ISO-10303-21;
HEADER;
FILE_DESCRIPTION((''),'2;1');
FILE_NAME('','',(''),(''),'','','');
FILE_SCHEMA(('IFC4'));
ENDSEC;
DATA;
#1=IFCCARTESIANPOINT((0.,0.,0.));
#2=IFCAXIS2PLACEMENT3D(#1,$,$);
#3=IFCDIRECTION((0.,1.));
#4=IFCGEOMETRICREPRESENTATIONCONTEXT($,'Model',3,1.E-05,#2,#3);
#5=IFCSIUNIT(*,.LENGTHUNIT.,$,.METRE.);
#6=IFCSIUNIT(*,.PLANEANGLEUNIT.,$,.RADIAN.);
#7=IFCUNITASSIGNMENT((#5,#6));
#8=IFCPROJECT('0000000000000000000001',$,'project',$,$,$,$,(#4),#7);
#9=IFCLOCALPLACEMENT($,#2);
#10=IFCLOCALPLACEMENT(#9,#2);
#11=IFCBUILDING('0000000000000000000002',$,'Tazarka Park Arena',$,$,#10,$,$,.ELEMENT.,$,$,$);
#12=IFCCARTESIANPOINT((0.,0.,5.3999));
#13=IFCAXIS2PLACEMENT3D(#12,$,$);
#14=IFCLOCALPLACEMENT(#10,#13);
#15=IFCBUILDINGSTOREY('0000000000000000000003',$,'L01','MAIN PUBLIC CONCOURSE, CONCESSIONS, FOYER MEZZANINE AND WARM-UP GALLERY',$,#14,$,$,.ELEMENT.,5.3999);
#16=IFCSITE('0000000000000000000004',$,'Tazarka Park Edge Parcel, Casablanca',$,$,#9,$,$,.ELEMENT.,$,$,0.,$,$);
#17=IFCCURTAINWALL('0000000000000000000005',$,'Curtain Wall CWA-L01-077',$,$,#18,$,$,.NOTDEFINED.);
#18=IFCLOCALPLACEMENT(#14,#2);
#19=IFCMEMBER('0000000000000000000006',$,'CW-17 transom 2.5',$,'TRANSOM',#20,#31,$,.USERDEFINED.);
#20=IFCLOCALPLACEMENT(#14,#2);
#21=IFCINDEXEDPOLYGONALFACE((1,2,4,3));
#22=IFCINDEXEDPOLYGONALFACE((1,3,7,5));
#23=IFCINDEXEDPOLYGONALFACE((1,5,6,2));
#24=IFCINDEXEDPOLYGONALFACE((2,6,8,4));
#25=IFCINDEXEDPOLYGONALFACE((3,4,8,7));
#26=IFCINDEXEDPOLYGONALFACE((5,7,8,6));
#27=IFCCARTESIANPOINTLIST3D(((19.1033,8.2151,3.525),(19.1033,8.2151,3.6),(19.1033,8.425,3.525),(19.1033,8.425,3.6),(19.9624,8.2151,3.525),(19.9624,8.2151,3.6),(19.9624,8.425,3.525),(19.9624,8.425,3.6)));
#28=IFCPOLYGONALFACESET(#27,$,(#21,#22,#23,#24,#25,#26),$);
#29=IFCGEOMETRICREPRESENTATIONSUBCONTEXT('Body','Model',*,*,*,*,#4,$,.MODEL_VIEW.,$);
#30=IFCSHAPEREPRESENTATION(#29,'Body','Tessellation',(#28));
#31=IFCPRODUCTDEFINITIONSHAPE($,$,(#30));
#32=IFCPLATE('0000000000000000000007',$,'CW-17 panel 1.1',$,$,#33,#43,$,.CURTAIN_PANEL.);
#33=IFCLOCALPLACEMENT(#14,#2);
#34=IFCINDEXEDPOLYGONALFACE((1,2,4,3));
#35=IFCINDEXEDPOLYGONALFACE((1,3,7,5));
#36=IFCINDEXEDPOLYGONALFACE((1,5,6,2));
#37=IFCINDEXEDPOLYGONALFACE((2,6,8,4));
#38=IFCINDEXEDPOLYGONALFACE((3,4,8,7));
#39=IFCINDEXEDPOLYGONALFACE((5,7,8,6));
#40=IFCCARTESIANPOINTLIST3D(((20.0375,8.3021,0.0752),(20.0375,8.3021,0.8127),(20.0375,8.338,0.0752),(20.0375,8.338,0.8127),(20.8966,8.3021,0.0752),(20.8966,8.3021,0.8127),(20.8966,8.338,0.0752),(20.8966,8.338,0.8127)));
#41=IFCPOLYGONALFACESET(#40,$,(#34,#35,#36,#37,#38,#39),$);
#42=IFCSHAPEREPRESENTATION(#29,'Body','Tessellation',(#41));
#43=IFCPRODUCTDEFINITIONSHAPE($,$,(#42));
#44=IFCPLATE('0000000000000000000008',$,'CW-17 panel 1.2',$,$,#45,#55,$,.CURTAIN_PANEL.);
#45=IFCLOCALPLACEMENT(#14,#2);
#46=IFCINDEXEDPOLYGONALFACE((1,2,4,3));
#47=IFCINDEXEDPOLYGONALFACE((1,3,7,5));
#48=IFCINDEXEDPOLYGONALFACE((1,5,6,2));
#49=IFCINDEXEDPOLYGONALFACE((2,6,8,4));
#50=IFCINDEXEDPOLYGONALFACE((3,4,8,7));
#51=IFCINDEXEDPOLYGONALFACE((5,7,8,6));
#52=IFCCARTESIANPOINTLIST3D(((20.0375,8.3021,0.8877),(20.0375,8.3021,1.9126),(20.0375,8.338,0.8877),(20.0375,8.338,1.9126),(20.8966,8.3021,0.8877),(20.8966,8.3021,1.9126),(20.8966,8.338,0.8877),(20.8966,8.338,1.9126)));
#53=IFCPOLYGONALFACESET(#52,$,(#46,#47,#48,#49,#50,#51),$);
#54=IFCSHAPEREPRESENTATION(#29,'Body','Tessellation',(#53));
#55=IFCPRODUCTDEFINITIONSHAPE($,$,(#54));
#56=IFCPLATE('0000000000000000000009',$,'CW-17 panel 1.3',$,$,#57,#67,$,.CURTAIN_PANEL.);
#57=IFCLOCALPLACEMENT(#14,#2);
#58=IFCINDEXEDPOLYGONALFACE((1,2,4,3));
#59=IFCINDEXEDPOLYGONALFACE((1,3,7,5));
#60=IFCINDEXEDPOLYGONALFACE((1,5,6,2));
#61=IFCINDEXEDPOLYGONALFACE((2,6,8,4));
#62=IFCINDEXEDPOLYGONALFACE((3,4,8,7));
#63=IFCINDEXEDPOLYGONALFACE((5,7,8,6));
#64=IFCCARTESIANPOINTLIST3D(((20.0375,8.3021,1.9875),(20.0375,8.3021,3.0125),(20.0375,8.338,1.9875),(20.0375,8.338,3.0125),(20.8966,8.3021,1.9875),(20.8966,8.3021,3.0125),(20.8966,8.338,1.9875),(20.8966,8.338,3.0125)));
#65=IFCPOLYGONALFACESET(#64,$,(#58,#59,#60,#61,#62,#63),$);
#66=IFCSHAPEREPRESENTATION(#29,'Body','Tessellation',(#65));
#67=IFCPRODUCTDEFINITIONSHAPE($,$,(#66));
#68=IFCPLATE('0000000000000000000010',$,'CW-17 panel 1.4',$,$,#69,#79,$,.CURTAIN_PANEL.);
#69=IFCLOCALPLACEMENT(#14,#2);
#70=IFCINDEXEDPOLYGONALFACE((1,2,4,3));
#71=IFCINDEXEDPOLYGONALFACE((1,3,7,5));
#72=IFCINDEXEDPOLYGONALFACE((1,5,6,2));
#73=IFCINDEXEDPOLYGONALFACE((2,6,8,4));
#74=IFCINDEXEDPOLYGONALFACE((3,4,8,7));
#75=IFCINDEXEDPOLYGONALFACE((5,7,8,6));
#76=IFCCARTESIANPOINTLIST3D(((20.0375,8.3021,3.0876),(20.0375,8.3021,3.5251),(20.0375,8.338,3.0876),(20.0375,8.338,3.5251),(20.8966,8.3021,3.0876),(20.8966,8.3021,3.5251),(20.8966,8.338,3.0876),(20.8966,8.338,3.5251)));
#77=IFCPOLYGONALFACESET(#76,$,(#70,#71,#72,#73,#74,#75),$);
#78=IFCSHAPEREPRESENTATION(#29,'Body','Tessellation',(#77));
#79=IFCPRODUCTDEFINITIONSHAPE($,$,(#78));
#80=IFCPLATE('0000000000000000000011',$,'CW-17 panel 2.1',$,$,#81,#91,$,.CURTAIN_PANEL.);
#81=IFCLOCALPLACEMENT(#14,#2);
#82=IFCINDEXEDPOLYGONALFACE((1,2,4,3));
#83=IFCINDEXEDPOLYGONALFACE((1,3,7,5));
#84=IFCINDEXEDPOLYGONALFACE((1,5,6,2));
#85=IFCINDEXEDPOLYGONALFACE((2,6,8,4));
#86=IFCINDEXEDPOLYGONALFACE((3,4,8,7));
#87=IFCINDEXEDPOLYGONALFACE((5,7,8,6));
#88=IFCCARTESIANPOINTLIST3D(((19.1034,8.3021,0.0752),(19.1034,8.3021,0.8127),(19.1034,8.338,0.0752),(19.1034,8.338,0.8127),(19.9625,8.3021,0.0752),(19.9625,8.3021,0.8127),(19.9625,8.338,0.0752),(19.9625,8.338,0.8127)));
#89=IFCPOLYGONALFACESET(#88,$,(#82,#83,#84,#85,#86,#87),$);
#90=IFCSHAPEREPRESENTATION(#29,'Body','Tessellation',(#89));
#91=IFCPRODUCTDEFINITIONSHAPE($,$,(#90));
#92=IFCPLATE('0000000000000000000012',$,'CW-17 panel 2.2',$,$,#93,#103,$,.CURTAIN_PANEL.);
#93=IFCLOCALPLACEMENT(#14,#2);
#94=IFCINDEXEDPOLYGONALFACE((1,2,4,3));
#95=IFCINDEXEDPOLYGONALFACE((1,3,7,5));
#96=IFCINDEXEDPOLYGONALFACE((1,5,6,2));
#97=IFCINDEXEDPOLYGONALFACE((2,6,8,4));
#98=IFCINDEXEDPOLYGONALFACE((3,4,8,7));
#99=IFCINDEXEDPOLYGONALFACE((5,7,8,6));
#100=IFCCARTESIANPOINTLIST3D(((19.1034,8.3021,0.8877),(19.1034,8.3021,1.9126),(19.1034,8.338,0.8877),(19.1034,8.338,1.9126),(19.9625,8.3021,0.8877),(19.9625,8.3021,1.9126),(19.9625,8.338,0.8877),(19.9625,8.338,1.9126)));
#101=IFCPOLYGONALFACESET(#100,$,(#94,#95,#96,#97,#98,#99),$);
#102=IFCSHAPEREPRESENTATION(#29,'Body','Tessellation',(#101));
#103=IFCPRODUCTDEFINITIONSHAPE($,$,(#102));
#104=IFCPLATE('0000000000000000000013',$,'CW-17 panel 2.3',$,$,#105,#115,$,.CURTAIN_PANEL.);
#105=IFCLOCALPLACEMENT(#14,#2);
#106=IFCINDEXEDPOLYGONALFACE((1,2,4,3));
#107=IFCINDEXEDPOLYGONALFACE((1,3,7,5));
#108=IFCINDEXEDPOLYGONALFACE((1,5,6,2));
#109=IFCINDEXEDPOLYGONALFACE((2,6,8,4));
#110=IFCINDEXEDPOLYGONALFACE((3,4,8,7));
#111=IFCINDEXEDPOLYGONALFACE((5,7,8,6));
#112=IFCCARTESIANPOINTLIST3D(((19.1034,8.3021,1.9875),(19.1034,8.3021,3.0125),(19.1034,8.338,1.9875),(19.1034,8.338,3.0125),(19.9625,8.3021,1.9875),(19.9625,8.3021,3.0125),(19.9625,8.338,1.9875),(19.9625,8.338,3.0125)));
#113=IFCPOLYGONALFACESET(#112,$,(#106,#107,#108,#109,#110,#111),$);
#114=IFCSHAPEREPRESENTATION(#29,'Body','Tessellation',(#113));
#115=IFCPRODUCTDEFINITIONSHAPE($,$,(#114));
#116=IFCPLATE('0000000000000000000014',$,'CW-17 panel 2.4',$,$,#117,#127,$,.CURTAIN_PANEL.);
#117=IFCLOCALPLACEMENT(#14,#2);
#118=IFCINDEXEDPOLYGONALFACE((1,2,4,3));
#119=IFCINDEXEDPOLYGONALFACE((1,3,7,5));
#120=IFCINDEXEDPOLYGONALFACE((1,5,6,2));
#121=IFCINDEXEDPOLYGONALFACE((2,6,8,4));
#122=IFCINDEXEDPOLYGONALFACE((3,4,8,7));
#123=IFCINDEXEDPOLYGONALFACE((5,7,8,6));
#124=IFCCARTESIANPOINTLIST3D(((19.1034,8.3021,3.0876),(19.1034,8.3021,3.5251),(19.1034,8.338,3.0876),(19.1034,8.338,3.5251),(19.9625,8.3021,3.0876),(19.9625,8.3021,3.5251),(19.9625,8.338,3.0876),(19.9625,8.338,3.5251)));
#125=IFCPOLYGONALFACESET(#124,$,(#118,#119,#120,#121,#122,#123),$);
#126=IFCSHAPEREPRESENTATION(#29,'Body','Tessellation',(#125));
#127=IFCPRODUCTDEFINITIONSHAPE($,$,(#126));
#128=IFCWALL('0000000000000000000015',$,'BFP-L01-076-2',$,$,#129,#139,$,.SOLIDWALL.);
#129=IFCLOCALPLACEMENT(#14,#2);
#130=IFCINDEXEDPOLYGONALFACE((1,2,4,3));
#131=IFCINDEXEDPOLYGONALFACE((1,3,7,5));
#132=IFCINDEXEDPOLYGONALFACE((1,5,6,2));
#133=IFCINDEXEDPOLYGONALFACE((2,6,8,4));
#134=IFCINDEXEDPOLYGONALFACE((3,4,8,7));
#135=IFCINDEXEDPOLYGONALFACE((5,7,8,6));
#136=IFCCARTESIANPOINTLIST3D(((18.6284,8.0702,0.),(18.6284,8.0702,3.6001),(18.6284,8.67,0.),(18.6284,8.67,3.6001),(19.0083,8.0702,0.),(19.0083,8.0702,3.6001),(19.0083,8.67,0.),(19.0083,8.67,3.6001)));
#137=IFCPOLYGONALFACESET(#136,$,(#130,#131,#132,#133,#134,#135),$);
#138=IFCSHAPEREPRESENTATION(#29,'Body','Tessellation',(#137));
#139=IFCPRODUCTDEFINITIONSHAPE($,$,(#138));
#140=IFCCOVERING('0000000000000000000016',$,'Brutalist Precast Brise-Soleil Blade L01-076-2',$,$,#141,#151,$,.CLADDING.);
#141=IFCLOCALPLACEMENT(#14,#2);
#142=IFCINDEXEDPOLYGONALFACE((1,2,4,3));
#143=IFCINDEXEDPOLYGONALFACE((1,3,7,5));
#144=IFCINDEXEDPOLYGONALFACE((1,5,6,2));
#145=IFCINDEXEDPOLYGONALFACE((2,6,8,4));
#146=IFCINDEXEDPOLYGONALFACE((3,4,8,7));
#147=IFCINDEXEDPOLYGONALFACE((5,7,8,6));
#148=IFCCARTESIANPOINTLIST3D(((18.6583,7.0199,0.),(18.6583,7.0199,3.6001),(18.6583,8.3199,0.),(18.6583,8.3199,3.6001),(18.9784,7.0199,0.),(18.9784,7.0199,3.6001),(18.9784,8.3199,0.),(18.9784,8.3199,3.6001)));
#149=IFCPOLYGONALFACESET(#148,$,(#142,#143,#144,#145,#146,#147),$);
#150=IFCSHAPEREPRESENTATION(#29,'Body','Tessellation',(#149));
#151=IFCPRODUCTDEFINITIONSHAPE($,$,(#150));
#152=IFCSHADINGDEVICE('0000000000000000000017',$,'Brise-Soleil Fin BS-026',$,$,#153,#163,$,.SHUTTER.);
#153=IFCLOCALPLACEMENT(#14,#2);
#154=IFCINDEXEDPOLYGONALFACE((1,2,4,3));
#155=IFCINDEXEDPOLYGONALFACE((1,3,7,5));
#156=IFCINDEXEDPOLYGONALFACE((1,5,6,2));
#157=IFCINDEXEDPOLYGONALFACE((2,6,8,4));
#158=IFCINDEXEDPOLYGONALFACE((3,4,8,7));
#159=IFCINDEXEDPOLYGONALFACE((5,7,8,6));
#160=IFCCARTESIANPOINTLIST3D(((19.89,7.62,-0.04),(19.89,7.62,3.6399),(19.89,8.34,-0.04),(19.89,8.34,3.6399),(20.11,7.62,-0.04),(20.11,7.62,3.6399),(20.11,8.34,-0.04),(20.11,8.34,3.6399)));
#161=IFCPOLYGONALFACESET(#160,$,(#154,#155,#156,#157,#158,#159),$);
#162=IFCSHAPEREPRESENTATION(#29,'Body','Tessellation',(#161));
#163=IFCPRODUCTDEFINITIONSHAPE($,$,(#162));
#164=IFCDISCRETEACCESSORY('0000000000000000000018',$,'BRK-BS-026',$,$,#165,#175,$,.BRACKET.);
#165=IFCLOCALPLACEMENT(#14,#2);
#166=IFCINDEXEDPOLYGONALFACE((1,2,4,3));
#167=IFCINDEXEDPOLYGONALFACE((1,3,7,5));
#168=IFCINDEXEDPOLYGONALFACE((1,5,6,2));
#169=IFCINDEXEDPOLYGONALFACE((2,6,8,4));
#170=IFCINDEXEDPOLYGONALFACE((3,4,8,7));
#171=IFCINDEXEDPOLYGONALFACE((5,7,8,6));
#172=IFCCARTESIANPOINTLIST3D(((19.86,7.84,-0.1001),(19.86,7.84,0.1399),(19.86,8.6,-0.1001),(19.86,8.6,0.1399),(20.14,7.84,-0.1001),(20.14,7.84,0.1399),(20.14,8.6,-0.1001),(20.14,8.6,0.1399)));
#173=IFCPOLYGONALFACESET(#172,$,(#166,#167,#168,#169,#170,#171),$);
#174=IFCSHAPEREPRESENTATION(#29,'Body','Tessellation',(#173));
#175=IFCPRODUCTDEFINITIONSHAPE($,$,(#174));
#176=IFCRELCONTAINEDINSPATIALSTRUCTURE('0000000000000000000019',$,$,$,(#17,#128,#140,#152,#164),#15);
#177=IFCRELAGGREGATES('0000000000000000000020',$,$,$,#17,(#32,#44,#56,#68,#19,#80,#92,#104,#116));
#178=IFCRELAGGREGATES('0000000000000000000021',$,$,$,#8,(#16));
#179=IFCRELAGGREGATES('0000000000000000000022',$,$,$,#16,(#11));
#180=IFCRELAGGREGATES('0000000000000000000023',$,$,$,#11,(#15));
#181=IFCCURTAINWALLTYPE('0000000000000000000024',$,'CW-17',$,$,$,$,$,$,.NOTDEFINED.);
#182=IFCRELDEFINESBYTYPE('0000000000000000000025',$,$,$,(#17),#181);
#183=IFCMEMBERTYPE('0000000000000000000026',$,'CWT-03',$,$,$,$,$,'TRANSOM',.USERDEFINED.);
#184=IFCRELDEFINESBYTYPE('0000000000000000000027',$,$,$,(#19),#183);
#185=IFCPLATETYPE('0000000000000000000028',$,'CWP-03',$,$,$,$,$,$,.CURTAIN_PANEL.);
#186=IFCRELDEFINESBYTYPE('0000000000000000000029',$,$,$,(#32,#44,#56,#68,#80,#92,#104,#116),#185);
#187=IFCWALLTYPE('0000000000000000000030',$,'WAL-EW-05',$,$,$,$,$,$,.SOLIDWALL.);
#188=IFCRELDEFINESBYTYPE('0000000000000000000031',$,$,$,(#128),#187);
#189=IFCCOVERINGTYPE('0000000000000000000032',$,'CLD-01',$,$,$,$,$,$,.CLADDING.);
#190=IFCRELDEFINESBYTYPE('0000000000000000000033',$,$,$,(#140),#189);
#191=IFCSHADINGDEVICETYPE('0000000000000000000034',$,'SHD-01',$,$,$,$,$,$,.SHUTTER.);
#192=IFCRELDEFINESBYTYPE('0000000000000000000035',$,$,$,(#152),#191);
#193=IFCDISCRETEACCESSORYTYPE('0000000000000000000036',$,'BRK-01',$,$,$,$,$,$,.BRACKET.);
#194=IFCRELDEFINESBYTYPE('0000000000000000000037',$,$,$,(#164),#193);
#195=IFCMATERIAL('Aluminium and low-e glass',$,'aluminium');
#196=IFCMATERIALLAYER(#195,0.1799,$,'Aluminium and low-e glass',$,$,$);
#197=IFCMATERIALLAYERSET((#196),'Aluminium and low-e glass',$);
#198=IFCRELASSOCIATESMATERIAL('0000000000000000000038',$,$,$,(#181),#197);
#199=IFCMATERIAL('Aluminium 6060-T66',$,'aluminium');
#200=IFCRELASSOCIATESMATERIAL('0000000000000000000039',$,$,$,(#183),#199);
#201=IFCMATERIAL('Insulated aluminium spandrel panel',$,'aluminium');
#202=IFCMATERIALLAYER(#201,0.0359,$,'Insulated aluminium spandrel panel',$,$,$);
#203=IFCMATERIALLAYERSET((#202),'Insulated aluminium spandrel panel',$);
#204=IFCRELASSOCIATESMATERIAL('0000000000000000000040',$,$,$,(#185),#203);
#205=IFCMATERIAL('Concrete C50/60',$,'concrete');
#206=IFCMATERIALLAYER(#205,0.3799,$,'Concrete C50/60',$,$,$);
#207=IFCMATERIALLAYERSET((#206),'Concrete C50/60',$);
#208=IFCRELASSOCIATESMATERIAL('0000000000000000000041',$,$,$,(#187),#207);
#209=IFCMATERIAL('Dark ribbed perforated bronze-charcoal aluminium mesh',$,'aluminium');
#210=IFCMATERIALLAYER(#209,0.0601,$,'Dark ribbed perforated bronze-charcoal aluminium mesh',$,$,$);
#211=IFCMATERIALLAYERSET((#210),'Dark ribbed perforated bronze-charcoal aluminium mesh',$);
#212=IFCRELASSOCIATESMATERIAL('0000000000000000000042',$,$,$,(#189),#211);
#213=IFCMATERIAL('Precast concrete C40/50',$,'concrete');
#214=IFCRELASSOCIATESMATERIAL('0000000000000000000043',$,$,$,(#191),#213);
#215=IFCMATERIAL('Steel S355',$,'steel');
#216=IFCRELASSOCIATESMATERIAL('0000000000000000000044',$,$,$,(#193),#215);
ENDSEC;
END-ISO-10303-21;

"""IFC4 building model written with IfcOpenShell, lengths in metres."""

from ifc_helpers import new_model, si_unit, direction, frame, frame_2d, origin, origin_2d, place, context, subcontext, project, spatial, rectangle, extrude, material, layer, layer_set, material_profile, profile_set, type_object, element, aggregate, save


model = new_model("IFC4")

# Units and contexts
model_context = context("Model", 3, precision=1e-05, world=origin(), true_north=direction((0.0, 1.0)))
body_context = subcontext(model_context, "Body", "Model", "MODEL_VIEW")
ifc_project = project(units=[si_unit("LENGTHUNIT", "METRE"), si_unit("PLANEANGLEUNIT", "RADIAN")], contexts=[model_context])

# Site, building, storey
site_placement = place(None, origin())
site = spatial("IfcSite", under=ifc_project, at=site_placement, Name="Tazarka Park Edge Parcel, Casablanca", CompositionType="ELEMENT", RefElevation=0.0)
building_placement = place(site_placement, origin())
building = spatial("IfcBuilding", under=site, at=building_placement, Name="Tazarka Park Arena", CompositionType="ELEMENT")
storey_placement = place(building_placement, frame((0.0, 0.0, 5.3999)))
storey = spatial("IfcBuildingStorey", under=building, at=storey_placement, Name="L01", Description="MAIN PUBLIC CONCOURSE, CONCESSIONS, FOYER MEZZANINE AND WARM-UP GALLERY", CompositionType="ELEMENT", Elevation=5.3999)

# Curtain wall
ifc_material_1 = material(Name="Aluminium and low-e glass", Category="aluminium")
ifc_layer_1 = layer(ifc_material_1, 0.1799, Name="Aluminium and low-e glass")
ifc_layer_set_1 = layer_set([ifc_layer_1], Name="Aluminium and low-e glass")
curtain_wall_type_1 = type_object("IfcCurtainWallType", Name="CW-17", PredefinedType="NOTDEFINED", material=ifc_layer_set_1)
curtain_wall_1_placement = place(storey_placement, origin())
curtain_wall_1 = element("IfcCurtainWall", 1, at=curtain_wall_1_placement, inside=storey, type_object=curtain_wall_type_1, Name="Curtain Wall CWA-L01-077", PredefinedType="NOTDEFINED")

# Member
ifc_material_2 = material(Name="Aluminium 6060-T66", Category="aluminium")
ifc_material_profile_1 = material_profile(ifc_material_2, rectangle(XDim=0.21, YDim=0.075, at=origin_2d()), Name="Aluminium 6060-T66")
ifc_profile_set_1 = profile_set([ifc_material_profile_1], Name="Aluminium 6060-T66")
member_type_1 = type_object("IfcMemberType", Name="CWT-03", ElementType="TRANSOM", PredefinedType="USERDEFINED", material=ifc_profile_set_1)
member_1_placement = place(storey_placement, frame((19.9624, 8.3201, 3.5625), z_axis=(-1.0, 0.0, 0.0), x_axis=(0.0, -1.0, 0.0)))
member_1 = element("IfcMember", 2, at=member_1_placement, type_object=member_type_1, Name="CW-17 transom 2.5", ObjectType="TRANSOM", PredefinedType="USERDEFINED", context=body_context, shape_type="SweptSolid", body=[
    extrude(rectangle(XDim=0.21, YDim=0.075, at=origin_2d()), origin(), (0.0, 0.0, 1.0), 0.8591),
])

# Plates
ifc_material_3 = material(Name="Insulated aluminium spandrel panel", Category="aluminium")
ifc_layer_2 = layer(ifc_material_3, 0.0359, Name="Insulated aluminium spandrel panel")
ifc_layer_set_2 = layer_set([ifc_layer_2], Name="Insulated aluminium spandrel panel")
plate_type = type_object("IfcPlateType", Name="CWP-03", PredefinedType="CURTAIN_PANEL", material=ifc_layer_set_2)
plate_1_placement = place(storey_placement, frame((20.467, 8.3201, 0.0752), z_axis=(0.0, 0.0, 1.0), x_axis=(-1.0, 0.0, 0.0)))
plate_1 = element("IfcPlate", 3, at=plate_1_placement, type_object=plate_type, Name="CW-17 panel 1.1", PredefinedType="CURTAIN_PANEL", context=body_context, shape_type="SweptSolid", body=[
    extrude(rectangle(XDim=0.8591, YDim=0.0359, at=origin_2d()), origin(), (0.0, 0.0, 1.0), 0.7375),
])
plate_2_placement = place(storey_placement, frame((20.467, 8.3201, 0.8877), z_axis=(0.0, 0.0, 1.0), x_axis=(-1.0, 0.0, 0.0)))
plate_2 = element("IfcPlate", 4, at=plate_2_placement, type_object=plate_type, Name="CW-17 panel 1.2", PredefinedType="CURTAIN_PANEL", context=body_context, shape_type="SweptSolid", body=[
    extrude(rectangle(XDim=0.8591, YDim=0.0359, at=origin_2d()), origin(), (0.0, 0.0, 1.0), 1.0249),
])
plate_3_placement = place(storey_placement, frame((20.467, 8.3201, 1.9875), z_axis=(0.0, 0.0, 1.0), x_axis=(-1.0, 0.0, 0.0)))
plate_3 = element("IfcPlate", 5, at=plate_3_placement, type_object=plate_type, Name="CW-17 panel 1.3", PredefinedType="CURTAIN_PANEL", context=body_context, shape_type="SweptSolid", body=[
    extrude(rectangle(XDim=0.8591, YDim=0.0359, at=origin_2d()), origin(), (0.0, 0.0, 1.0), 1.0249),
])
plate_4_placement = place(storey_placement, frame((20.467, 8.3201, 3.0876), z_axis=(0.0, 0.0, 1.0), x_axis=(-1.0, 0.0, 0.0)))
plate_4 = element("IfcPlate", 6, at=plate_4_placement, type_object=plate_type, Name="CW-17 panel 1.4", PredefinedType="CURTAIN_PANEL", context=body_context, shape_type="SweptSolid", body=[
    extrude(rectangle(XDim=0.8591, YDim=0.0359, at=origin_2d()), origin(), (0.0, 0.0, 1.0), 0.4375),
])
plate_5_placement = place(storey_placement, frame((19.533, 8.3201, 0.0752), z_axis=(0.0, 0.0, 1.0), x_axis=(-1.0, 0.0, 0.0)))
plate_5 = element("IfcPlate", 7, at=plate_5_placement, type_object=plate_type, Name="CW-17 panel 2.1", PredefinedType="CURTAIN_PANEL", context=body_context, shape_type="SweptSolid", body=[
    extrude(rectangle(XDim=0.8591, YDim=0.0359, at=origin_2d()), origin(), (0.0, 0.0, 1.0), 0.7375),
])
plate_6_placement = place(storey_placement, frame((19.533, 8.3201, 0.8877), z_axis=(0.0, 0.0, 1.0), x_axis=(-1.0, 0.0, 0.0)))
plate_6 = element("IfcPlate", 8, at=plate_6_placement, type_object=plate_type, Name="CW-17 panel 2.2", PredefinedType="CURTAIN_PANEL", context=body_context, shape_type="SweptSolid", body=[
    extrude(rectangle(XDim=0.8591, YDim=0.0359, at=origin_2d()), origin(), (0.0, 0.0, 1.0), 1.0249),
])
plate_7_placement = place(storey_placement, frame((19.533, 8.3201, 1.9875), z_axis=(0.0, 0.0, 1.0), x_axis=(-1.0, 0.0, 0.0)))
plate_7 = element("IfcPlate", 9, at=plate_7_placement, type_object=plate_type, Name="CW-17 panel 2.3", PredefinedType="CURTAIN_PANEL", context=body_context, shape_type="SweptSolid", body=[
    extrude(rectangle(XDim=0.8591, YDim=0.0359, at=origin_2d()), origin(), (0.0, 0.0, 1.0), 1.0249),
])
plate_8_placement = place(storey_placement, frame((19.533, 8.3201, 3.0876), z_axis=(0.0, 0.0, 1.0), x_axis=(-1.0, 0.0, 0.0)))
plate_8 = element("IfcPlate", 10, at=plate_8_placement, type_object=plate_type, Name="CW-17 panel 2.4", PredefinedType="CURTAIN_PANEL", context=body_context, shape_type="SweptSolid", body=[
    extrude(rectangle(XDim=0.8591, YDim=0.0359, at=origin_2d()), origin(), (0.0, 0.0, 1.0), 0.4375),
])
aggregate(curtain_wall_1, [plate_1, plate_2, plate_3, plate_4, member_1, plate_5, plate_6, plate_7, plate_8])

# Wall
ifc_material_4 = material(Name="Concrete C50/60", Category="concrete")
ifc_layer_3 = layer(ifc_material_4, 0.3799, Name="Concrete C50/60")
ifc_layer_set_3 = layer_set([ifc_layer_3], Name="Concrete C50/60")
wall_type = type_object("IfcWallType", Name="WAL-EW-05", PredefinedType="SOLIDWALL", material=ifc_layer_set_3)
wall_placement = place(storey_placement, frame((18.8184, 8.6699, 0.0), z_axis=(0.0, 0.0, 1.0), x_axis=(0.0, -1.0, 0.0)))
element("IfcWall", 11, at=wall_placement, inside=storey, type_object=wall_type, Name="BFP-L01-076-2", PredefinedType="SOLIDWALL", context=body_context, shape_type="SweptSolid", body=[
    extrude(rectangle(XDim=0.5999, YDim=0.3799, at=frame_2d((0.2998, 0.0))), origin(), (0.0, 0.0, 1.0), 3.6001),
])

# Covering
ifc_material_5 = material(Name="Dark ribbed perforated bronze-charcoal aluminium mesh", Category="aluminium")
ifc_layer_4 = layer(ifc_material_5, 0.0601, Name="Dark ribbed perforated bronze-charcoal aluminium mesh")
ifc_layer_set_4 = layer_set([ifc_layer_4], Name="Dark ribbed perforated bronze-charcoal aluminium mesh")
covering_type = type_object("IfcCoveringType", Name="CLD-01", PredefinedType="CLADDING", material=ifc_layer_set_4)
covering_placement = place(storey_placement, frame((18.8184, 7.6699, 0.0), z_axis=(0.0, 0.0, 1.0), x_axis=(-1.0, 0.0, 0.0)))
element("IfcCovering", 12, at=covering_placement, inside=storey, type_object=covering_type, Name="Brutalist Precast Brise-Soleil Blade L01-076-2", PredefinedType="CLADDING", context=body_context, shape_type="SweptSolid", body=[
    extrude(rectangle(XDim=0.3201, YDim=1.3, at=origin_2d()), origin(), (0.0, 0.0, 1.0), 3.6001),
])

# Shading device
ifc_material_6 = material(Name="Precast concrete C40/50", Category="concrete")
shading_device_type = type_object("IfcShadingDeviceType", Name="SHD-01", PredefinedType="SHUTTER", material=ifc_material_6)
shading_device_placement = place(storey_placement, frame((20.0, 7.98, -0.04), z_axis=(0.0, 0.0, 1.0), x_axis=(-1.0, 0.0, 0.0)))
element("IfcShadingDevice", 13, at=shading_device_placement, inside=storey, type_object=shading_device_type, Name="Brise-Soleil Fin BS-026", PredefinedType="SHUTTER", context=body_context, shape_type="SweptSolid", body=[
    extrude(rectangle(XDim=0.22, YDim=0.72, at=origin_2d()), origin(), (0.0, 0.0, 1.0), 3.6799),
])

# Discrete accessory
ifc_material_7 = material(Name="Steel S355", Category="steel")
discrete_accessory_type = type_object("IfcDiscreteAccessoryType", Name="BRK-01", PredefinedType="BRACKET", material=ifc_material_7)
discrete_accessory_placement = place(storey_placement, frame((20.0, 8.22, -0.1001), z_axis=(0.0, 0.0, 1.0), x_axis=(-1.0, 0.0, 0.0)))
element("IfcDiscreteAccessory", 14, at=discrete_accessory_placement, inside=storey, type_object=discrete_accessory_type, Name="BRK-BS-026", PredefinedType="BRACKET", context=body_context, shape_type="SweptSolid", body=[
    extrude(rectangle(XDim=0.28, YDim=0.76, at=origin_2d()), origin(), (0.0, 0.0, 1.0), 0.24),
])

save(model, "model.ifc")
